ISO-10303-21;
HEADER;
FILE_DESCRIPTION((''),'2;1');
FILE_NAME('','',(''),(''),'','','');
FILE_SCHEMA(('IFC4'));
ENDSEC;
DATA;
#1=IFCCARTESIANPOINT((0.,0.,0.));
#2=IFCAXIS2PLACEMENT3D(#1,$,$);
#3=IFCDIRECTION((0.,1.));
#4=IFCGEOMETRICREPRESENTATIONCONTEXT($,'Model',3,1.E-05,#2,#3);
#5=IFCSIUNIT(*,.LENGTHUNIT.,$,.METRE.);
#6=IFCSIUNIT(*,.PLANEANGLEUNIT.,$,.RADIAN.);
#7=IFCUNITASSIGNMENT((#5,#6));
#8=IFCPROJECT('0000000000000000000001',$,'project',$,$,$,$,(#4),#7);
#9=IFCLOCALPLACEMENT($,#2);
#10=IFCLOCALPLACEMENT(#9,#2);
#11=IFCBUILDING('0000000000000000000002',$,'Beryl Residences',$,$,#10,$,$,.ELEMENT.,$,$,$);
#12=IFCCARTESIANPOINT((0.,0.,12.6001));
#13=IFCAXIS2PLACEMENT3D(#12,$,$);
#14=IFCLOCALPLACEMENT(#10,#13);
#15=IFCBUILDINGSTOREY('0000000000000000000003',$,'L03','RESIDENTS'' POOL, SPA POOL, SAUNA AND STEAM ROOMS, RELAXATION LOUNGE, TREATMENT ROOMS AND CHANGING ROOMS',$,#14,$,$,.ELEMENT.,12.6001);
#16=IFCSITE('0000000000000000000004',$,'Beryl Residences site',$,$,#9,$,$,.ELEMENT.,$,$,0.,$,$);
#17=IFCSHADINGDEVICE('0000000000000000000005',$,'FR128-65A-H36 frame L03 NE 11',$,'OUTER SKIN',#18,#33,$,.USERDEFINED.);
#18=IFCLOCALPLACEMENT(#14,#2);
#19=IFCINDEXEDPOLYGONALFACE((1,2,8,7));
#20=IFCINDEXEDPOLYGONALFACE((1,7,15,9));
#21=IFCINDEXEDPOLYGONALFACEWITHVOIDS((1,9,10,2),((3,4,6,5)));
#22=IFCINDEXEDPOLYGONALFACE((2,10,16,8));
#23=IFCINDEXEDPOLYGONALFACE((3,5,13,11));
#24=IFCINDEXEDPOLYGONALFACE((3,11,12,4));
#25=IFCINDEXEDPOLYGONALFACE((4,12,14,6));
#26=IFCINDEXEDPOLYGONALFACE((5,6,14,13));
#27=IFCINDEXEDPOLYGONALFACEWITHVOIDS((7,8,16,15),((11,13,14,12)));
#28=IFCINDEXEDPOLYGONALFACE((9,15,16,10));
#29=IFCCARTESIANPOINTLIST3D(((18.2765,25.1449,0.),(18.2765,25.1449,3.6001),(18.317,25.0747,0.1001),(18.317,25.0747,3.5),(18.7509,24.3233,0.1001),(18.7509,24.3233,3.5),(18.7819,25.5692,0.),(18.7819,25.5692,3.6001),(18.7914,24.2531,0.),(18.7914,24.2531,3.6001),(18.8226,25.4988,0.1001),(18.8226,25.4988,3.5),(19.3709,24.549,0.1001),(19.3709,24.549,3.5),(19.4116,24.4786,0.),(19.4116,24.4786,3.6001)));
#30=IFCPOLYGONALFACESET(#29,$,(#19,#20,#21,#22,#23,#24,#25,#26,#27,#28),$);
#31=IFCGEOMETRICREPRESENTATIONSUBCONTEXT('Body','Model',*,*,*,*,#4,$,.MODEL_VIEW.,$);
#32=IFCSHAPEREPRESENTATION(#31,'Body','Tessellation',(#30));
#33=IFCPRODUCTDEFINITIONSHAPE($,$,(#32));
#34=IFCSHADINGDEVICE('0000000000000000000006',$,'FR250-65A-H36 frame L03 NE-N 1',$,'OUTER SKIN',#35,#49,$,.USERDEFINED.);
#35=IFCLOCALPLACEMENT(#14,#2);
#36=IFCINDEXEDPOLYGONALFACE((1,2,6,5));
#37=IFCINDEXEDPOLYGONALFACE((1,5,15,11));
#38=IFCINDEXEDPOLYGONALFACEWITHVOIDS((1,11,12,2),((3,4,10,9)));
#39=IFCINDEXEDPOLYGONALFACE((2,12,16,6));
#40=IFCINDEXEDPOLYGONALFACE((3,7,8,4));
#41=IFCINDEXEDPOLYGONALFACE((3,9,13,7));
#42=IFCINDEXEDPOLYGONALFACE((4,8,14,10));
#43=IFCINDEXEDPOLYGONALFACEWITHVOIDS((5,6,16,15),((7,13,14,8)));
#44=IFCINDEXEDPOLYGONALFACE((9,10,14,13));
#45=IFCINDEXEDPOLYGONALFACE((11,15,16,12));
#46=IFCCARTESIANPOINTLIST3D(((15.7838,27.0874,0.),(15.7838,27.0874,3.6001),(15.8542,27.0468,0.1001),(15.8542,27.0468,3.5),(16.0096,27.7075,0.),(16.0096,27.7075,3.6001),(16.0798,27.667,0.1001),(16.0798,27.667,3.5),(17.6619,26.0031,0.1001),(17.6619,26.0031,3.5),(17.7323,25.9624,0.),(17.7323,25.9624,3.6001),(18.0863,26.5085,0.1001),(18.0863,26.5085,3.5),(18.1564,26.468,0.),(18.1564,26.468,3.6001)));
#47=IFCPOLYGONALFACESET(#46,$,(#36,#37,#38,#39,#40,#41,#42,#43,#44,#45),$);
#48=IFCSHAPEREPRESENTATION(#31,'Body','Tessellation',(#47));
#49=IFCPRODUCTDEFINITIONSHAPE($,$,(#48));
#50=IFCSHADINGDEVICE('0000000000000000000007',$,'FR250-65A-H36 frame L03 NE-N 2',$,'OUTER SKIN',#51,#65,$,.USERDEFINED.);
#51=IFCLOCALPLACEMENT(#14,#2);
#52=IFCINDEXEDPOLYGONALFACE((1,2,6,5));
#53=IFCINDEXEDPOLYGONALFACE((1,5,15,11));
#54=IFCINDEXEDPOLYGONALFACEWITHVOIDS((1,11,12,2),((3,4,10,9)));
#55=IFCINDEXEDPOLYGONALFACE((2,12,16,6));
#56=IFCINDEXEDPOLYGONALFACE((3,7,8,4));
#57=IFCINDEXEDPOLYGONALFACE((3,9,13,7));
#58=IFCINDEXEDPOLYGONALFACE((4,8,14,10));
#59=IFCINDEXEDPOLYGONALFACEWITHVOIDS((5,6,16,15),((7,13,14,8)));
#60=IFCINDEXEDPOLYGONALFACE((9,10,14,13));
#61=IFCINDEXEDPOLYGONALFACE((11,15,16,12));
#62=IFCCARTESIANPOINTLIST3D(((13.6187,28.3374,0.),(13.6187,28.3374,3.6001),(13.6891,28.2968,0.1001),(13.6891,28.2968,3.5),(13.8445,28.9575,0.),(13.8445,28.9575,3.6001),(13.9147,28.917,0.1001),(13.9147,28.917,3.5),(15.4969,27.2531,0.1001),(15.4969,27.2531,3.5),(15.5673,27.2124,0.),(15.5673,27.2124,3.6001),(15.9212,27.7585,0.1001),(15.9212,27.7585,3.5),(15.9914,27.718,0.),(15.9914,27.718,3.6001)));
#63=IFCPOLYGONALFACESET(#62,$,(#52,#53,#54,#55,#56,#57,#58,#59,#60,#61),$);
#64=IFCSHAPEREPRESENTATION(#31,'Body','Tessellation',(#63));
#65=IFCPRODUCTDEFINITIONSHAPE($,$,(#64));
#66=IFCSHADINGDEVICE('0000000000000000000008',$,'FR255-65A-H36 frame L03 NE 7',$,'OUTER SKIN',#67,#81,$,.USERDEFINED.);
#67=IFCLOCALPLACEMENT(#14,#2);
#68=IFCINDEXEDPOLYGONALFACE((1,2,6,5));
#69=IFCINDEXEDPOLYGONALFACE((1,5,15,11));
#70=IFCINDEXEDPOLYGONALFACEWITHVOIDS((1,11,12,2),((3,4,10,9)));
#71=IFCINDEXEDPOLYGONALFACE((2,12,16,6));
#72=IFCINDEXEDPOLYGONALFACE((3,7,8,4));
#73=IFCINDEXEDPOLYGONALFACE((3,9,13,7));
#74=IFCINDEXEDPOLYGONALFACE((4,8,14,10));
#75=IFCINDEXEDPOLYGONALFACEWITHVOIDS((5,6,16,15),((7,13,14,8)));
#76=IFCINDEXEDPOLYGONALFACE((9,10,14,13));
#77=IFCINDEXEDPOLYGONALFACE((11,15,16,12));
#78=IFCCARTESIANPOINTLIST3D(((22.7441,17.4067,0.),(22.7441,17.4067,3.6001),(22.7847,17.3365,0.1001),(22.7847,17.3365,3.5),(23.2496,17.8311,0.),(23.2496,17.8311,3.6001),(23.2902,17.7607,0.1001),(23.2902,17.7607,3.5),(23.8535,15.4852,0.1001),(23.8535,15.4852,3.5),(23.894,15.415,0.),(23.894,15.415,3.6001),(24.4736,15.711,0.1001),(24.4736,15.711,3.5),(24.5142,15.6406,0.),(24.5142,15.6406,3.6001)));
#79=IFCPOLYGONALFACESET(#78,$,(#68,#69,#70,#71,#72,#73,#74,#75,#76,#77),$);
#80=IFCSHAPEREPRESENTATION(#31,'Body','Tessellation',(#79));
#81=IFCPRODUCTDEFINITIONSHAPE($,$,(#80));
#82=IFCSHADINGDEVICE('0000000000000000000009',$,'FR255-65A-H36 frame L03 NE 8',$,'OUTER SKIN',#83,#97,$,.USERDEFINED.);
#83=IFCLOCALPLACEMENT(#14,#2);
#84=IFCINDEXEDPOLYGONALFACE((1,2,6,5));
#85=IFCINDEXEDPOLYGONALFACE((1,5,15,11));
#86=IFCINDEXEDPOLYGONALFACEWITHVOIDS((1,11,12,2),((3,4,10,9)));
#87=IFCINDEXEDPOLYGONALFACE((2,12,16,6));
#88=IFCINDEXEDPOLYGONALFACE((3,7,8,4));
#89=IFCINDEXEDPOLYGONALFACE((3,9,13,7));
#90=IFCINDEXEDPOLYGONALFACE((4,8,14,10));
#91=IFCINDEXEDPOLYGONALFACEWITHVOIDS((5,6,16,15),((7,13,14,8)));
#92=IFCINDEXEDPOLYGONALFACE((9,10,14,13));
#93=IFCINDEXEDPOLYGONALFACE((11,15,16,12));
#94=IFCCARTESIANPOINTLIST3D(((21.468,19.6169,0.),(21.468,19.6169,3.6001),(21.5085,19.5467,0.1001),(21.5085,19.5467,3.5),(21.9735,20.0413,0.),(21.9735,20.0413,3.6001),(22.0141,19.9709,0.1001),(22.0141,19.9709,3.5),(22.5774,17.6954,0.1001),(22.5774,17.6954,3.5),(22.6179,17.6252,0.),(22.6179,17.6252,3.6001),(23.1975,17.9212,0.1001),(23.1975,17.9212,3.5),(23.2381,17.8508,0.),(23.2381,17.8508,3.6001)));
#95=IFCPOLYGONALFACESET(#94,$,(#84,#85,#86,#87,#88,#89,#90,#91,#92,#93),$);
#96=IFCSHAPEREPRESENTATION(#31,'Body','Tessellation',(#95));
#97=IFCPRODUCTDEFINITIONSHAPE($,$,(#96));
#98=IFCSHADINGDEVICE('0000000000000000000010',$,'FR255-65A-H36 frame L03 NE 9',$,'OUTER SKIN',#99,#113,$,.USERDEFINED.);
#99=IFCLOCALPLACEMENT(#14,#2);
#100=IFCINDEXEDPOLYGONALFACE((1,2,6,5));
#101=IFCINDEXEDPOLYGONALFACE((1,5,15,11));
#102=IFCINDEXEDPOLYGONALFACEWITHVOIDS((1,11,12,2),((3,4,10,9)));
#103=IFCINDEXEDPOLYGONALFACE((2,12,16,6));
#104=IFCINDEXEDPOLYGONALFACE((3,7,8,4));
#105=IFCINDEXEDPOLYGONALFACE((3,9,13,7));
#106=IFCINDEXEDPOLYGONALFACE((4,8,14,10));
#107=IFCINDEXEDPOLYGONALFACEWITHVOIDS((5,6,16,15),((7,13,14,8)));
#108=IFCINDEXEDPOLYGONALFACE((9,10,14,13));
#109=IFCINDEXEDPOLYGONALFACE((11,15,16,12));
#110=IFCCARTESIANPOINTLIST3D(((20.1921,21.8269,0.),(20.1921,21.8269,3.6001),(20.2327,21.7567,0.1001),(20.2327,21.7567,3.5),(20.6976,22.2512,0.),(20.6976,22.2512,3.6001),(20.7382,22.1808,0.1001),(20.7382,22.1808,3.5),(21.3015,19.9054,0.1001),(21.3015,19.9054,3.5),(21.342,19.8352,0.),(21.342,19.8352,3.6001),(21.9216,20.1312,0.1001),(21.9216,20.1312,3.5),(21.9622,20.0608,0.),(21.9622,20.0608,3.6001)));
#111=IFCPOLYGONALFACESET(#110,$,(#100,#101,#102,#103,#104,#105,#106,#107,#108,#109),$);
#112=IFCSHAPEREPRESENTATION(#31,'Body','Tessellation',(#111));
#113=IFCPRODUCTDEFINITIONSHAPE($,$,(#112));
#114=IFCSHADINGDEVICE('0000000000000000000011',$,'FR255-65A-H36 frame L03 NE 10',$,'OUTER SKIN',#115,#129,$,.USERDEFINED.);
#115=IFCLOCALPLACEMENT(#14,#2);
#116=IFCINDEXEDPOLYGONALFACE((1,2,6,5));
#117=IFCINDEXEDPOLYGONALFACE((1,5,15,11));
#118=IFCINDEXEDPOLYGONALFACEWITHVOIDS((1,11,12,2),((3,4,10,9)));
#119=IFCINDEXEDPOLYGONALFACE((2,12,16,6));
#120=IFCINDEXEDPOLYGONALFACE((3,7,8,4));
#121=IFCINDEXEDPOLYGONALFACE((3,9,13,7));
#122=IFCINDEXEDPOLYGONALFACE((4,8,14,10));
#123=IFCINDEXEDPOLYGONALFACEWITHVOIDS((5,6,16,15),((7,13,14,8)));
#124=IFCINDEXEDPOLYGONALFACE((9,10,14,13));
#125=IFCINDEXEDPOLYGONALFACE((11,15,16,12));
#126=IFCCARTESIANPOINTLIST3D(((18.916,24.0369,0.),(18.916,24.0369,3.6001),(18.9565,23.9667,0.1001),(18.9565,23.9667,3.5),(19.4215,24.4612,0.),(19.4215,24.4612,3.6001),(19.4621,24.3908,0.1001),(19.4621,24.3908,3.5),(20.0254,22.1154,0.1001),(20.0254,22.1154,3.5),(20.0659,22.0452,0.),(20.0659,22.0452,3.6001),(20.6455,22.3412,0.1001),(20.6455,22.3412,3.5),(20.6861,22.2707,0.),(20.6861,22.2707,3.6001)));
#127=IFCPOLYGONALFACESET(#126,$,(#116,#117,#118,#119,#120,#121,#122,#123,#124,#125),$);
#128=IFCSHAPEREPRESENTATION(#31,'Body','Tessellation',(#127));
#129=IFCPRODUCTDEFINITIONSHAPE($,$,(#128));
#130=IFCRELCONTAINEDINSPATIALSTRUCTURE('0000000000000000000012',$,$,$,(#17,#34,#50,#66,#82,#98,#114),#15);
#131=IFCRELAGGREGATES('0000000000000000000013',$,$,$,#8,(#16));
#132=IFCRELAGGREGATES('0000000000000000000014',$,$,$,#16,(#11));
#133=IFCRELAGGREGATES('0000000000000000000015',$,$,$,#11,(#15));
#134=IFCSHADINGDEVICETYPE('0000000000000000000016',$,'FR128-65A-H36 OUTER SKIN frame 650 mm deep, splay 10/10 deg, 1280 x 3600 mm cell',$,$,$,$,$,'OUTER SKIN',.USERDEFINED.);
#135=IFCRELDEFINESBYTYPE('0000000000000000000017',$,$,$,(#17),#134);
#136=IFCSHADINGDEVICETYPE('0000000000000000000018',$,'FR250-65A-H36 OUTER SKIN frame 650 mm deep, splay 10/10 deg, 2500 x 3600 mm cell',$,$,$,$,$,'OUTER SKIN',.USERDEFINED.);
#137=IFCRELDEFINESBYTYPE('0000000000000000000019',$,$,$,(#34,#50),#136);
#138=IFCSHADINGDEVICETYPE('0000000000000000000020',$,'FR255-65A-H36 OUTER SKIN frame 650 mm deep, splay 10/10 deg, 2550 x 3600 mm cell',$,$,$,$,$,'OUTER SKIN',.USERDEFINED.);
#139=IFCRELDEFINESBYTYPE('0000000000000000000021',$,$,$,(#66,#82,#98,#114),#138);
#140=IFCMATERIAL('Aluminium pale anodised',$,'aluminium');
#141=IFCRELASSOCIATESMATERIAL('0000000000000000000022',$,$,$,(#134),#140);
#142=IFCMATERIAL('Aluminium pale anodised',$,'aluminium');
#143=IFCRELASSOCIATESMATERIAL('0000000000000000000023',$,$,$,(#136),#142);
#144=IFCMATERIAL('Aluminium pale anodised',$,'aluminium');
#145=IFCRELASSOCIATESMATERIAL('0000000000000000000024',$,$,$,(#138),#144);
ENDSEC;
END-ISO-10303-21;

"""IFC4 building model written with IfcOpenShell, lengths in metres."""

from ifc_helpers import new_model, entity, si_unit, direction, frame, origin, place, context, subcontext, project, spatial, source, transform, mapped, material, type_object, type_shapes, element, save


model = new_model("IFC4")

# Units and contexts
model_context = context("Model", 3, precision=1e-05, world=origin(), true_north=direction((0.0, 1.0)))
body_context = subcontext(model_context, "Body", "Model", "MODEL_VIEW")
ifc_project = project(units=[si_unit("LENGTHUNIT", "METRE"), si_unit("PLANEANGLEUNIT", "RADIAN")], contexts=[model_context])

# Site, building, storey
site_placement = place(None, origin())
site = spatial("IfcSite", under=ifc_project, at=site_placement, Name="Beryl Residences site", CompositionType="ELEMENT", RefElevation=0.0)
building_placement = place(site_placement, origin())
building = spatial("IfcBuilding", under=site, at=building_placement, Name="Beryl Residences", CompositionType="ELEMENT")
storey_placement = place(building_placement, frame((0.0, 0.0, 12.6001)))
storey = spatial("IfcBuildingStorey", under=building, at=storey_placement, Name="L03", Description="RESIDENTS' POOL, SPA POOL, SAUNA AND STEAM ROOMS, RELAXATION LOUNGE, TREATMENT ROOMS AND CHANGING ROOMS", CompositionType="ELEMENT", Elevation=12.6001)

# Shading devices
ifc_material_1 = material(Name="Aluminium pale anodised", Category="aluminium")
shading_device_type_1 = type_object("IfcShadingDeviceType", Name="FR128-65A-H36 OUTER SKIN frame 650 mm deep, splay 10/10 deg, 1280 x 3600 mm cell", ElementType="OUTER SKIN", PredefinedType="USERDEFINED", material=ifc_material_1)
cartesian_point_1 = entity("IfcCartesianPoint", [-0.5149, 0.0])
cartesian_point_2 = entity("IfcCartesianPoint", [-0.4338, 0.1001])
cartesian_point_3 = entity("IfcCartesianPoint", [-0.6296, 0.0])
cartesian_point_4 = entity("IfcCartesianPoint", [-0.5483, 0.1001])
shared_shape_1 = source(origin(), body_context, "Body", "SweptSolid", [
    entity("IfcExtrudedAreaSolidTapered", entity("IfcArbitraryProfileDefWithVoids", "AREA", None, entity("IfcPolyline", [cartesian_point_1, entity("IfcCartesianPoint", [0.5149, 0.0]), entity("IfcCartesianPoint", [0.5149, 3.6001]), entity("IfcCartesianPoint", [-0.5149, 3.6001]), cartesian_point_1]), [entity("IfcPolyline", [cartesian_point_2, entity("IfcCartesianPoint", [0.4338, 0.1001]), entity("IfcCartesianPoint", [0.4338, 3.5]), entity("IfcCartesianPoint", [-0.4338, 3.5]), cartesian_point_2])]), entity("IfcAxis2Placement3D", entity("IfcCartesianPoint", [0.0, 0.0, 0.0]), entity("IfcDirection", [0.0, 1.0, 0.0]), entity("IfcDirection", [-1.0, 0.0, 0.0])), entity("IfcDirection", [0.0, 0.0, 1.0]), 0.6499, entity("IfcArbitraryProfileDefWithVoids", "AREA", None, entity("IfcPolyline", [cartesian_point_3, entity("IfcCartesianPoint", [0.6296, 0.0]), entity("IfcCartesianPoint", [0.6296, 3.6001]), entity("IfcCartesianPoint", [-0.6296, 3.6001]), cartesian_point_3]), [entity("IfcPolyline", [cartesian_point_4, entity("IfcCartesianPoint", [0.5483, 0.1001]), entity("IfcCartesianPoint", [0.5483, 3.5]), entity("IfcCartesianPoint", [-0.5483, 3.5]), cartesian_point_4])])),
])
type_shapes(shading_device_type_1, [shared_shape_1])
shading_device_placement = place(storey_placement, frame((18.5339, 24.699, 0.0), z_axis=(0.0, 0.0, 1.0), x_axis=(0.5, -0.866025, 0.0)))
element("IfcShadingDevice", 1, at=shading_device_placement, inside=storey, type_object=shading_device_type_1, Name="FR128-65A-H36 frame L03 NE 11", ObjectType="OUTER SKIN", PredefinedType="USERDEFINED", context=body_context, shape_type="MappedRepresentation", body=[
    mapped(shared_shape_1, transform((0.0, 0.0, 0.0))),
])
ifc_material_2 = material(Name="Aluminium pale anodised", Category="aluminium")
shading_device_type_2 = type_object("IfcShadingDeviceType", Name="FR250-65A-H36 OUTER SKIN frame 650 mm deep, splay 10/10 deg, 2500 x 3600 mm cell", ElementType="OUTER SKIN", PredefinedType="USERDEFINED", material=ifc_material_2)
cartesian_point_5 = entity("IfcCartesianPoint", [-1.125, 0.0])
cartesian_point_6 = entity("IfcCartesianPoint", [-1.0437, 0.1001])
cartesian_point_7 = entity("IfcCartesianPoint", [-1.2395, 0.0])
cartesian_point_8 = entity("IfcCartesianPoint", [-1.1584, 0.1001])
shared_shape_2 = source(origin(), body_context, "Body", "SweptSolid", [
    entity("IfcExtrudedAreaSolidTapered", entity("IfcArbitraryProfileDefWithVoids", "AREA", None, entity("IfcPolyline", [cartesian_point_5, entity("IfcCartesianPoint", [1.125, 0.0]), entity("IfcCartesianPoint", [1.125, 3.6001]), entity("IfcCartesianPoint", [-1.125, 3.6001]), cartesian_point_5]), [entity("IfcPolyline", [cartesian_point_6, entity("IfcCartesianPoint", [1.0437, 0.1001]), entity("IfcCartesianPoint", [1.0437, 3.5]), entity("IfcCartesianPoint", [-1.0437, 3.5]), cartesian_point_6])]), entity("IfcAxis2Placement3D", entity("IfcCartesianPoint", [0.0, 0.0, 0.0]), entity("IfcDirection", [0.0, 1.0, 0.0]), entity("IfcDirection", [-1.0, 0.0, 0.0])), entity("IfcDirection", [0.0, 0.0, 1.0]), 0.6499, entity("IfcArbitraryProfileDefWithVoids", "AREA", None, entity("IfcPolyline", [cartesian_point_7, entity("IfcCartesianPoint", [1.2395, 0.0]), entity("IfcCartesianPoint", [1.2395, 3.6001]), entity("IfcCartesianPoint", [-1.2395, 3.6001]), cartesian_point_7]), [entity("IfcPolyline", [cartesian_point_8, entity("IfcCartesianPoint", [1.1584, 0.1001]), entity("IfcCartesianPoint", [1.1584, 3.5]), entity("IfcCartesianPoint", [-1.1584, 3.5]), cartesian_point_8])])),
])
type_shapes(shading_device_type_2, [shared_shape_2])
for number, where, z_axis, x_axis, name in (
    (2, (16.7581, 26.5249, 0.0), (0.0, 0.0, 1.0), (0.866025, -0.5, 0.0), "FR250-65A-H36 frame L03 NE-N 1"),
    (3, (14.593, 27.7749, 0.0), (0.0, 0.0, 1.0), (0.866025, -0.5, 0.0), "FR250-65A-H36 frame L03 NE-N 2"),
):
    element("IfcShadingDevice", number, at=place(storey_placement, frame(where, z_axis=z_axis, x_axis=x_axis)), inside=storey, type_object=shading_device_type_2, Name=name, ObjectType="OUTER SKIN", PredefinedType="USERDEFINED", context=body_context, shape_type="MappedRepresentation", body=[
        mapped(shared_shape_2, transform((0.0, 0.0, 0.0))),
    ])
ifc_material_3 = material(Name="Aluminium pale anodised", Category="aluminium")
shading_device_type_3 = type_object("IfcShadingDeviceType", Name="FR255-65A-H36 OUTER SKIN frame 650 mm deep, splay 10/10 deg, 2550 x 3600 mm cell", ElementType="OUTER SKIN", PredefinedType="USERDEFINED", material=ifc_material_3)
cartesian_point_9 = entity("IfcCartesianPoint", [-1.1499, 0.0])
cartesian_point_10 = entity("IfcCartesianPoint", [-1.0688, 0.1001])
cartesian_point_11 = entity("IfcCartesianPoint", [-1.2646, 0.0])
cartesian_point_12 = entity("IfcCartesianPoint", [-1.1833, 0.1001])
shared_shape_3 = source(origin(), body_context, "Body", "SweptSolid", [
    entity("IfcExtrudedAreaSolidTapered", entity("IfcArbitraryProfileDefWithVoids", "AREA", None, entity("IfcPolyline", [cartesian_point_9, entity("IfcCartesianPoint", [1.1499, 0.0]), entity("IfcCartesianPoint", [1.1499, 3.6001]), entity("IfcCartesianPoint", [-1.1499, 3.6001]), cartesian_point_9]), [entity("IfcPolyline", [cartesian_point_10, entity("IfcCartesianPoint", [1.0688, 0.1001]), entity("IfcCartesianPoint", [1.0688, 3.5]), entity("IfcCartesianPoint", [-1.0688, 3.5]), cartesian_point_10])]), entity("IfcAxis2Placement3D", entity("IfcCartesianPoint", [0.0, 0.0, 0.0]), entity("IfcDirection", [0.0, 1.0, 0.0]), entity("IfcDirection", [-1.0, 0.0, 0.0])), entity("IfcDirection", [0.0, 0.0, 1.0]), 0.6499, entity("IfcArbitraryProfileDefWithVoids", "AREA", None, entity("IfcPolyline", [cartesian_point_11, entity("IfcCartesianPoint", [1.2646, 0.0]), entity("IfcCartesianPoint", [1.2646, 3.6001]), entity("IfcCartesianPoint", [-1.2646, 3.6001]), cartesian_point_11]), [entity("IfcPolyline", [cartesian_point_12, entity("IfcCartesianPoint", [1.1833, 0.1001]), entity("IfcCartesianPoint", [1.1833, 3.5]), entity("IfcCartesianPoint", [-1.1833, 3.5]), cartesian_point_12])])),
])
type_shapes(shading_device_type_3, [shared_shape_3])
for number, where, z_axis, x_axis, name in (
    (4, (23.3191, 16.4109, 0.0), (0.0, 0.0, 1.0), (0.5, -0.866025, 0.0), "FR255-65A-H36 frame L03 NE 7"),
    (5, (22.043, 18.6211, 0.0), (0.0, 0.0, 1.0), (0.5, -0.866025, 0.0), "FR255-65A-H36 frame L03 NE 8"),
    (6, (20.7671, 20.8311, 0.0), (0.0, 0.0, 1.0), (0.5, -0.866025, 0.0), "FR255-65A-H36 frame L03 NE 9"),
    (7, (19.491, 23.041, 0.0), (0.0, 0.0, 1.0), (0.5, -0.866025, 0.0), "FR255-65A-H36 frame L03 NE 10"),
):
    element("IfcShadingDevice", number, at=place(storey_placement, frame(where, z_axis=z_axis, x_axis=x_axis)), inside=storey, type_object=shading_device_type_3, Name=name, ObjectType="OUTER SKIN", PredefinedType="USERDEFINED", context=body_context, shape_type="MappedRepresentation", body=[
        mapped(shared_shape_3, transform((0.0, 0.0, 0.0))),
    ])

save(model, "model.ifc")
